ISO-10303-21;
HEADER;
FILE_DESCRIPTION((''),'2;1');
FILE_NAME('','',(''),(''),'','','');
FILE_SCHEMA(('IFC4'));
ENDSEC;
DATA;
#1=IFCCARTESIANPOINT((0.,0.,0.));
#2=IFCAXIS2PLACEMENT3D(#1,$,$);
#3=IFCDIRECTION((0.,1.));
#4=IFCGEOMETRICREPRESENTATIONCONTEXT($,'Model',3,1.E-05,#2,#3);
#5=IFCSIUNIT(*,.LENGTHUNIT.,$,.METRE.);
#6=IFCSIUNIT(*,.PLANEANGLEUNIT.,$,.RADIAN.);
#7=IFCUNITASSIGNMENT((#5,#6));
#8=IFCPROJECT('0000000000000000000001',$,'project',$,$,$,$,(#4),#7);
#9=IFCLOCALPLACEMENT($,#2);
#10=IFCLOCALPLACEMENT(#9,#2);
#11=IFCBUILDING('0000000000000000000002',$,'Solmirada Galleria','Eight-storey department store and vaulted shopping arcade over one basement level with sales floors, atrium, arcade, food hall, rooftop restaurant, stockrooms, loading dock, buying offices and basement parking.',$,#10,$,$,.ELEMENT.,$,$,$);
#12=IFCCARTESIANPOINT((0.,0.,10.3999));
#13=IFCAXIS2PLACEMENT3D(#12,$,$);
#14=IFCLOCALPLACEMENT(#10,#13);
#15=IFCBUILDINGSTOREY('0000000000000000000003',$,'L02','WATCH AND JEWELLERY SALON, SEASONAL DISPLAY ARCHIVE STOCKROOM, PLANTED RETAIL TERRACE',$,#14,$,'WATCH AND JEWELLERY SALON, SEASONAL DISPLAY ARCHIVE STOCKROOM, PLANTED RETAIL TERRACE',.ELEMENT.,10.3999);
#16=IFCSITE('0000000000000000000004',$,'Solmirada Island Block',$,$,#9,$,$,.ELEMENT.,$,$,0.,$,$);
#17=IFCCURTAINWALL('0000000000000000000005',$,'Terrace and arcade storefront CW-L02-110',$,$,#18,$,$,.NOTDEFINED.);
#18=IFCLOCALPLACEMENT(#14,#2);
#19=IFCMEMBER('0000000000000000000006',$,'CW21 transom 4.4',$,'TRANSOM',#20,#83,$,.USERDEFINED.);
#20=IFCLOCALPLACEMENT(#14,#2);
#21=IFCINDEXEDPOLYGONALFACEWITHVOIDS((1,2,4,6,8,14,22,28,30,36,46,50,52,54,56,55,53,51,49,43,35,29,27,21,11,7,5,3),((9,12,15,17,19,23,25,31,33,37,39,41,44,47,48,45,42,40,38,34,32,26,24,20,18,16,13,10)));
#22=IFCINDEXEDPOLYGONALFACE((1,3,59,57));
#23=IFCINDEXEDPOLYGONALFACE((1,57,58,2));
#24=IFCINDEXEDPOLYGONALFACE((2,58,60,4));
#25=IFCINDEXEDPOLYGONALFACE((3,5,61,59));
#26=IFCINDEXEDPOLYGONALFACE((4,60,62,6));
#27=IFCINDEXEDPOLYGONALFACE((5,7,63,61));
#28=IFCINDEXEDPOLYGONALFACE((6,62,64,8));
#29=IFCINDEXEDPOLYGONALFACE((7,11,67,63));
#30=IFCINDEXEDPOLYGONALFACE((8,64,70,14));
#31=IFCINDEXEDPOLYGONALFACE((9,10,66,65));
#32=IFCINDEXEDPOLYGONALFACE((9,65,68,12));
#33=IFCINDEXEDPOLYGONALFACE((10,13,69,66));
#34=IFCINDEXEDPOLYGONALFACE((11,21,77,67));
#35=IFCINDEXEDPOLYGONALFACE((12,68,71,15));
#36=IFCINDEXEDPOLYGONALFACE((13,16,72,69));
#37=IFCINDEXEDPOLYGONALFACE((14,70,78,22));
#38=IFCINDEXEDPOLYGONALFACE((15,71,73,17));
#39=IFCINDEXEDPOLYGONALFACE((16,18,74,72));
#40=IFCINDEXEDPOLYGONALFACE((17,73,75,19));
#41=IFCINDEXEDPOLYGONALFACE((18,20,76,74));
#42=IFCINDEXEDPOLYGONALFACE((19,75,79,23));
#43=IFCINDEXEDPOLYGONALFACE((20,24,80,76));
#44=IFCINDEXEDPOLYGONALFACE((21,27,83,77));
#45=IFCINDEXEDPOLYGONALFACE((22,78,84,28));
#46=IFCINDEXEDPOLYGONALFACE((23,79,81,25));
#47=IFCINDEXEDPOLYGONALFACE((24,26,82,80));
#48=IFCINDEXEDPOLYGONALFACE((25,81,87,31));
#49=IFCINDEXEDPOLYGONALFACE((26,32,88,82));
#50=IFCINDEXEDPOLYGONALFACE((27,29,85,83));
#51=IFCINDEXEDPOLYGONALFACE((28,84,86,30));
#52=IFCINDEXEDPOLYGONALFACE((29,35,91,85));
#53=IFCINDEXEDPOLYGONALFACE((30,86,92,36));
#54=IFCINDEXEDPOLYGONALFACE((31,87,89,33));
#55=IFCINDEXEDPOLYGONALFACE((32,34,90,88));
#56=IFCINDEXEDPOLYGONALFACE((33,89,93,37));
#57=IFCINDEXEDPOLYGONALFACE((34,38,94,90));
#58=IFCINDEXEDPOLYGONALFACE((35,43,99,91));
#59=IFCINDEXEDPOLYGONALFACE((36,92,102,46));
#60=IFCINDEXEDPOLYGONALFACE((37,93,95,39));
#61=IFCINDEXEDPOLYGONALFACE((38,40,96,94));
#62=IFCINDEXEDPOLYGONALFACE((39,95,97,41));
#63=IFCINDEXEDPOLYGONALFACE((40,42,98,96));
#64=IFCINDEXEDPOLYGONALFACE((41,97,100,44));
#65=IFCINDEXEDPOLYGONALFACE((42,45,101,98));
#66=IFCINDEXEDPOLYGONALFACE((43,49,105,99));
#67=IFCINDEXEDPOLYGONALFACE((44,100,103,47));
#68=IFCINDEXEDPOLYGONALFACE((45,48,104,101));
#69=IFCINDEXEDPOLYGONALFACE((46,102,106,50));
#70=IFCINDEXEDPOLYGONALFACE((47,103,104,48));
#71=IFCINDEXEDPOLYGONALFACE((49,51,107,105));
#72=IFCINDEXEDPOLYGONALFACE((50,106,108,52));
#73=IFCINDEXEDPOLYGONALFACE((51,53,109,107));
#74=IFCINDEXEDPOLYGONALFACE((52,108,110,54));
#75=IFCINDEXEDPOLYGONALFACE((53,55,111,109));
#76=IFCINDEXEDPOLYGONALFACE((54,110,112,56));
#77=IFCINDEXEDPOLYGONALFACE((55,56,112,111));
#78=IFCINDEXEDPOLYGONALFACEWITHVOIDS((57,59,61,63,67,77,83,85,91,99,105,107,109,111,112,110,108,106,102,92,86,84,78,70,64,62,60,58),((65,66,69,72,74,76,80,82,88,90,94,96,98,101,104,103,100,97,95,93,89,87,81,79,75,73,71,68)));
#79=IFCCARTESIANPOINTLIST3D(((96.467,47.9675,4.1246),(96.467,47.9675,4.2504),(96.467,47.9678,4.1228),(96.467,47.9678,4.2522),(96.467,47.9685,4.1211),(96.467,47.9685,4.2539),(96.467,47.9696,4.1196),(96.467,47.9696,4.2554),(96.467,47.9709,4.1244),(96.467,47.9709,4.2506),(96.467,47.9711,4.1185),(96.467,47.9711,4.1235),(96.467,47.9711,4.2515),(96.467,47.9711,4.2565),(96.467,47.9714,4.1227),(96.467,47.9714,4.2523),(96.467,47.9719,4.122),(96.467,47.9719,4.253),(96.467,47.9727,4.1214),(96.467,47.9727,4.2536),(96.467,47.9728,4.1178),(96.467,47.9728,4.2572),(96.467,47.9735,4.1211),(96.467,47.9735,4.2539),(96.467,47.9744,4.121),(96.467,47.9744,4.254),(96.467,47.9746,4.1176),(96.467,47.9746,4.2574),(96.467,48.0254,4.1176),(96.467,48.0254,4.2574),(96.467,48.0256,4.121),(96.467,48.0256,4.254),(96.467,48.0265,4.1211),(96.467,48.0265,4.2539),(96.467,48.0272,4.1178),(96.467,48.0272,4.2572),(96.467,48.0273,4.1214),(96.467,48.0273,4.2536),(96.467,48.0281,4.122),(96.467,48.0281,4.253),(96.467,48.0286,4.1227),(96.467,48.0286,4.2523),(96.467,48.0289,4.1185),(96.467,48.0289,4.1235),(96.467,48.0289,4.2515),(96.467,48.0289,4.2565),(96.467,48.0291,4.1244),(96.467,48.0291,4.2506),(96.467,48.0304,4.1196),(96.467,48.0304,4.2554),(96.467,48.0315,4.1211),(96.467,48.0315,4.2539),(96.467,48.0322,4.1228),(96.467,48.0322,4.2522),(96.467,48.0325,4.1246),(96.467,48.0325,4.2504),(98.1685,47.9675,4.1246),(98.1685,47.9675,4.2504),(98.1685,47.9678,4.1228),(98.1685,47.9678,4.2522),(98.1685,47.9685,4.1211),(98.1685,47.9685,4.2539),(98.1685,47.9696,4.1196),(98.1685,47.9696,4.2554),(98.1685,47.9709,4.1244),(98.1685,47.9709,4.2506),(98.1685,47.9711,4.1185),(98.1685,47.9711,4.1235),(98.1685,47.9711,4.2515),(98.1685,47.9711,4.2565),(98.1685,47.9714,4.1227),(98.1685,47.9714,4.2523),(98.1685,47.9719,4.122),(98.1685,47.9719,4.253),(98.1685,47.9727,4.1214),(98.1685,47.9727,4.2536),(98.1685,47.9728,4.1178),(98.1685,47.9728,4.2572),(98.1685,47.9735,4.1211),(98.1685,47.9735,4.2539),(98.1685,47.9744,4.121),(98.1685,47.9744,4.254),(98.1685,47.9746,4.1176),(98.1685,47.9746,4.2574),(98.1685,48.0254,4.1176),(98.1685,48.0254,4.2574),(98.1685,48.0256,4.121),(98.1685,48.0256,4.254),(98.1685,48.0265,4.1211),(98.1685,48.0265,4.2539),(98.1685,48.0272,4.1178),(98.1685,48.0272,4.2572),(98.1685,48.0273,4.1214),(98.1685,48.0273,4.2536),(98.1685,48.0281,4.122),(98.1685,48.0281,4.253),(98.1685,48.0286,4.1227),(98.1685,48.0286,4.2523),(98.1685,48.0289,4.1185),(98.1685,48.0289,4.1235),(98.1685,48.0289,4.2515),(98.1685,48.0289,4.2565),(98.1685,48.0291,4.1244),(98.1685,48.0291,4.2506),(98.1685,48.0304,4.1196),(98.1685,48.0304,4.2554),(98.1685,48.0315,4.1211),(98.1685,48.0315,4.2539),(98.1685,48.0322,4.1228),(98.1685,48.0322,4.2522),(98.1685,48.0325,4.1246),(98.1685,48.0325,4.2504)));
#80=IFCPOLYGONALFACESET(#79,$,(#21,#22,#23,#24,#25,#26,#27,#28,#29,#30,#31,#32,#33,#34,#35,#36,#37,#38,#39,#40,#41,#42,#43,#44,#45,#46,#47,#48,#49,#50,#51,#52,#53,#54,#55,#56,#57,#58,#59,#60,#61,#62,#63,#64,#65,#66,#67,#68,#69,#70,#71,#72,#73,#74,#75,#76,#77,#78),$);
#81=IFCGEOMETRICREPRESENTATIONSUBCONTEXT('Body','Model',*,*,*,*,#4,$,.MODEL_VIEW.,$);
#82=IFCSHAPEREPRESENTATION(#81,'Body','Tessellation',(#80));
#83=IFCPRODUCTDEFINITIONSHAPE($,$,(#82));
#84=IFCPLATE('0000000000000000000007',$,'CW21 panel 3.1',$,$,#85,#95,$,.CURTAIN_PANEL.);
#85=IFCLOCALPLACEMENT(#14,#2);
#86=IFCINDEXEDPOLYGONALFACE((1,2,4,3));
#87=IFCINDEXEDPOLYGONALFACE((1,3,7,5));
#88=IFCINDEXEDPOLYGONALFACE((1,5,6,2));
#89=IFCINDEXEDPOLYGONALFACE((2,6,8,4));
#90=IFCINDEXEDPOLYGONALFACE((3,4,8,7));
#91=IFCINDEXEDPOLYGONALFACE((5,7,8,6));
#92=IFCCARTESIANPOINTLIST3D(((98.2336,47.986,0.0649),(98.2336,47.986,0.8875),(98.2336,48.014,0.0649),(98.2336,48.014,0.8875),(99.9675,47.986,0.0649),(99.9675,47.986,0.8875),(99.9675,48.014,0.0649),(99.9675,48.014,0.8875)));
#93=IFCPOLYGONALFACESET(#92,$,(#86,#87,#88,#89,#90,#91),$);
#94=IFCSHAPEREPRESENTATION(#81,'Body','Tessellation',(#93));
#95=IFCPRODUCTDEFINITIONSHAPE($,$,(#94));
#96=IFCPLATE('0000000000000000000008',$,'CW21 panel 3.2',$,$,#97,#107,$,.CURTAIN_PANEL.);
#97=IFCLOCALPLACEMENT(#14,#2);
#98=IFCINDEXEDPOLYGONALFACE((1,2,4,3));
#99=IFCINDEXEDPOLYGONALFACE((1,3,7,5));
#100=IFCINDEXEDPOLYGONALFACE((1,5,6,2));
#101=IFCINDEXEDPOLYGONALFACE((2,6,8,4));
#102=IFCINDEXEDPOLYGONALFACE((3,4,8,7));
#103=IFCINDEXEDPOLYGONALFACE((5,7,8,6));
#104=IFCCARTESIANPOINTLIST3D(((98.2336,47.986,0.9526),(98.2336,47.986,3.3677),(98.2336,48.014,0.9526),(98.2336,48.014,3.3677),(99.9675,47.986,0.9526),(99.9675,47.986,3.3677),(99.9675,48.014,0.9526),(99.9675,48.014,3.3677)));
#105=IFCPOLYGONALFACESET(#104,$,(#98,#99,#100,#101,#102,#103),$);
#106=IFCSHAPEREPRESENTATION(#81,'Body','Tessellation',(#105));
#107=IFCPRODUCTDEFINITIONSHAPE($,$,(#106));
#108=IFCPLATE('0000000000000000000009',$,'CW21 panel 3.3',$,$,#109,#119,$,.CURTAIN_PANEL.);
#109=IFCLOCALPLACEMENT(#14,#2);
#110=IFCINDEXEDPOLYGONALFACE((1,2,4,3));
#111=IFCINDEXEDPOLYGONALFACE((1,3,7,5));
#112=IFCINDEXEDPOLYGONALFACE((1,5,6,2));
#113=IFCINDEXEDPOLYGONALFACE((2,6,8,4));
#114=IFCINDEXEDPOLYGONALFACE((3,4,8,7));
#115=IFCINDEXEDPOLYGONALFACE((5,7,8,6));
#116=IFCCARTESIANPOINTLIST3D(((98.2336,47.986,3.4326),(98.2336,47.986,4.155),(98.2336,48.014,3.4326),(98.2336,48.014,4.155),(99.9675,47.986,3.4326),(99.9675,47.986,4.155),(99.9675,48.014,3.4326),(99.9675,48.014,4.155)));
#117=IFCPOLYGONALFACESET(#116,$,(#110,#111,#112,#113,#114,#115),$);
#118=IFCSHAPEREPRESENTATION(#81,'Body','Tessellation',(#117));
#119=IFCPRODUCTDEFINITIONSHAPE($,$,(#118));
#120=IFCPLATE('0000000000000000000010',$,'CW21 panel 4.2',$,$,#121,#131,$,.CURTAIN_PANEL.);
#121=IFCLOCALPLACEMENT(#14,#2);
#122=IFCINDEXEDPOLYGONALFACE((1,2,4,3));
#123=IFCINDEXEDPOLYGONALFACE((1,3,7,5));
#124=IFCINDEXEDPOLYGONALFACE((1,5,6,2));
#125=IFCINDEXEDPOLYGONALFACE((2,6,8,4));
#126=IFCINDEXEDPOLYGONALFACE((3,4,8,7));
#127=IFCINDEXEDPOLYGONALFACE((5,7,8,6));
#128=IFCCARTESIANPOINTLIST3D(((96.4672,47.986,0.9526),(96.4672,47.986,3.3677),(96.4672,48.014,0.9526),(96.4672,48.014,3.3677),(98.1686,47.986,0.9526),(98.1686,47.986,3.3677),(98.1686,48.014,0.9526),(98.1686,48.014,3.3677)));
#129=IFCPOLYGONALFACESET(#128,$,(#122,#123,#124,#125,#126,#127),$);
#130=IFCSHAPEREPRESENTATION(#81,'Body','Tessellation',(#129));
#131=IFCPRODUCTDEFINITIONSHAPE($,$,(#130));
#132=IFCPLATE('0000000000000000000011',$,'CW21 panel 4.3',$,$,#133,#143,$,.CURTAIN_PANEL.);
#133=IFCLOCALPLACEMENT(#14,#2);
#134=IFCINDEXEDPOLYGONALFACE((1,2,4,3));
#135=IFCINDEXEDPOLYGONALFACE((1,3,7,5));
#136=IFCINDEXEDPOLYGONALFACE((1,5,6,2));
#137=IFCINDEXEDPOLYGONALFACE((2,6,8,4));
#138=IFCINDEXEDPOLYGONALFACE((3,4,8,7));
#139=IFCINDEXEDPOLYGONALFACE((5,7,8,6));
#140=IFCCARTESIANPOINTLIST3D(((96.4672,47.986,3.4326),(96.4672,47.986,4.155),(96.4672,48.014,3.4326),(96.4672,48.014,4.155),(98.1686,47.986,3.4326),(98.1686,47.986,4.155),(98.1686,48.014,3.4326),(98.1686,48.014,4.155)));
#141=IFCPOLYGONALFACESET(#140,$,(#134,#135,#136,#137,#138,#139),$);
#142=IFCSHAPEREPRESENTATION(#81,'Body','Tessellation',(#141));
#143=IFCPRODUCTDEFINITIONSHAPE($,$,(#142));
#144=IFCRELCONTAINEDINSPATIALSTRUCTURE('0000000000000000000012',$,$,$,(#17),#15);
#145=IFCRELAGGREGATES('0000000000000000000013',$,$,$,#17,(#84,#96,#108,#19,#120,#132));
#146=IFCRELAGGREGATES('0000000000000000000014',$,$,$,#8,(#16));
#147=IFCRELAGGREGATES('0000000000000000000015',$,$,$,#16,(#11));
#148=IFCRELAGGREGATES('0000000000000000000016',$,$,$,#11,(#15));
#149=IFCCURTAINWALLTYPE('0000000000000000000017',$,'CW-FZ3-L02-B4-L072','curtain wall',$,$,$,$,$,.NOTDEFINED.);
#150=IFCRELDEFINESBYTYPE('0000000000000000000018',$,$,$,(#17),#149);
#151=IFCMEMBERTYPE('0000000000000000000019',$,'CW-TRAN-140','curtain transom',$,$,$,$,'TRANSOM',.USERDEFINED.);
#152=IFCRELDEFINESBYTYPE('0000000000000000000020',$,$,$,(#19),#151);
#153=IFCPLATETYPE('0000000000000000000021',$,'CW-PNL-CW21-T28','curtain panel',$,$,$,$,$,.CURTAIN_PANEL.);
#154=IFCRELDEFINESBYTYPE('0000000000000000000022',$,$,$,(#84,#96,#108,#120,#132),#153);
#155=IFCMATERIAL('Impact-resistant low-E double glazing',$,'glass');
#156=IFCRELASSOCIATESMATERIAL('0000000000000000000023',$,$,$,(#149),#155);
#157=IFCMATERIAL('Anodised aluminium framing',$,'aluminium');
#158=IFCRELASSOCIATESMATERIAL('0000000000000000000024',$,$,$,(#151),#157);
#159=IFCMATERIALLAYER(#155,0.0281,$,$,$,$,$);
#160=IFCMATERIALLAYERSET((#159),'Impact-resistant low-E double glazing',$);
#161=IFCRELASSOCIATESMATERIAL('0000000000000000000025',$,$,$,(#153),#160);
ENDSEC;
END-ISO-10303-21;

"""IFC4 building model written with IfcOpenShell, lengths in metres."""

from ifc_helpers import new_model, si_unit, direction, frame, origin, origin_2d, place, context, subcontext, project, spatial, rectangle, hollow_rectangle, extrude, material, layer, layer_set, material_profile, profile_set, type_object, element, aggregate, save


model = new_model("IFC4")

# Units and contexts
model_context = context("Model", 3, precision=1e-05, world=origin(), true_north=direction((0.0, 1.0)))
body_context = subcontext(model_context, "Body", "Model", "MODEL_VIEW")
ifc_project = project(units=[si_unit("LENGTHUNIT", "METRE"), si_unit("PLANEANGLEUNIT", "RADIAN")], contexts=[model_context])

# Site, building, storey
site_placement = place(None, origin())
site = spatial("IfcSite", under=ifc_project, at=site_placement, Name="Solmirada Island Block", CompositionType="ELEMENT", RefElevation=0.0)
building_placement = place(site_placement, origin())
building = spatial("IfcBuilding", under=site, at=building_placement, Name="Solmirada Galleria", Description="Eight-storey department store and vaulted shopping arcade over one basement level with sales floors, atrium, arcade, food hall, rooftop restaurant, stockrooms, loading dock, buying offices and basement parking.", CompositionType="ELEMENT")
storey_placement = place(building_placement, frame((0.0, 0.0, 10.3999)))
storey = spatial("IfcBuildingStorey", under=building, at=storey_placement, Name="L02", Description="WATCH AND JEWELLERY SALON, SEASONAL DISPLAY ARCHIVE STOCKROOM, PLANTED RETAIL TERRACE", LongName="WATCH AND JEWELLERY SALON, SEASONAL DISPLAY ARCHIVE STOCKROOM, PLANTED RETAIL TERRACE", CompositionType="ELEMENT", Elevation=10.3999)

# Curtain wall, member, plates
ifc_material_1 = material(Name="Impact-resistant low-E double glazing", Category="glass")
curtain_wall_type = type_object("IfcCurtainWallType", Name="CW-FZ3-L02-B4-L072", Description="curtain wall", PredefinedType="NOTDEFINED", material=ifc_material_1)
curtain_wall_placement = place(storey_placement, origin())
curtain_wall = element("IfcCurtainWall", 1, at=curtain_wall_placement, inside=storey, type_object=curtain_wall_type, Name="Terrace and arcade storefront CW-L02-110", PredefinedType="NOTDEFINED")
ifc_material_2 = material(Name="Anodised aluminium framing", Category="aluminium")
ifc_material_profile_1 = material_profile(ifc_material_2, hollow_rectangle(XDim=0.0649, YDim=0.1399, WallThickness=0.0034, InnerFilletRadius=0.0034, OuterFilletRadius=0.0071, at=origin_2d()), Name="ALU-TRAN-140X65")
ifc_profile_set_1 = profile_set([ifc_material_profile_1], Name="Anodised aluminium framing")
member_type_1 = type_object("IfcMemberType", Name="CW-TRAN-140", Description="curtain transom", ElementType="TRANSOM", PredefinedType="USERDEFINED", material=ifc_profile_set_1)
member_1_placement = place(storey_placement, frame((98.1685, 48.0, 4.1875), z_axis=(-1.0, 0.0, 0.0), x_axis=(0.0, -1.0, 0.0)))
member_1 = element("IfcMember", 2, at=member_1_placement, type_object=member_type_1, Name="CW21 transom 4.4", ObjectType="TRANSOM", PredefinedType="USERDEFINED", context=body_context, shape_type="SweptSolid", body=[
    extrude(hollow_rectangle(XDim=0.0649, YDim=0.1399, WallThickness=0.0034, InnerFilletRadius=0.0034, OuterFilletRadius=0.0071, at=origin_2d()), origin(), (0.0, 0.0, 1.0), 1.7014),
])
ifc_layer_1 = layer(ifc_material_1, 0.0281)
ifc_layer_set_1 = layer_set([ifc_layer_1], Name="Impact-resistant low-E double glazing")
plate_type = type_object("IfcPlateType", Name="CW-PNL-CW21-T28", Description="curtain panel", PredefinedType="CURTAIN_PANEL", material=ifc_layer_set_1)
plate_1_placement = place(storey_placement, frame((99.1006, 48.0, 0.0649), z_axis=(0.0, 0.0, 1.0), x_axis=(-1.0, 0.0, 0.0)))
plate_1 = element("IfcPlate", 3, at=plate_1_placement, type_object=plate_type, Name="CW21 panel 3.1", PredefinedType="CURTAIN_PANEL", context=body_context, shape_type="SweptSolid", body=[
    extrude(rectangle(XDim=1.7339, YDim=0.0281, at=origin_2d()), origin(), (0.0, 0.0, 1.0), 0.8225),
])
plate_2_placement = place(storey_placement, frame((99.1006, 48.0, 0.9526), z_axis=(0.0, 0.0, 1.0), x_axis=(-1.0, 0.0, 0.0)))
plate_2 = element("IfcPlate", 4, at=plate_2_placement, type_object=plate_type, Name="CW21 panel 3.2", PredefinedType="CURTAIN_PANEL", context=body_context, shape_type="SweptSolid", body=[
    extrude(rectangle(XDim=1.7339, YDim=0.0281, at=origin_2d()), origin(), (0.0, 0.0, 1.0), 2.415),
])
plate_3_placement = place(storey_placement, frame((99.1006, 48.0, 3.4326), z_axis=(0.0, 0.0, 1.0), x_axis=(-1.0, 0.0, 0.0)))
plate_3 = element("IfcPlate", 5, at=plate_3_placement, type_object=plate_type, Name="CW21 panel 3.3", PredefinedType="CURTAIN_PANEL", context=body_context, shape_type="SweptSolid", body=[
    extrude(rectangle(XDim=1.7339, YDim=0.0281, at=origin_2d()), origin(), (0.0, 0.0, 1.0), 0.7224),
])
plate_4_placement = place(storey_placement, frame((97.3179, 48.0, 0.9526), z_axis=(0.0, 0.0, 1.0), x_axis=(-1.0, 0.0, 0.0)))
plate_4 = element("IfcPlate", 6, at=plate_4_placement, type_object=plate_type, Name="CW21 panel 4.2", PredefinedType="CURTAIN_PANEL", context=body_context, shape_type="SweptSolid", body=[
    extrude(rectangle(XDim=1.7014, YDim=0.0281, at=origin_2d()), origin(), (0.0, 0.0, 1.0), 2.415),
])
plate_5_placement = place(storey_placement, frame((97.3179, 48.0, 3.4326), z_axis=(0.0, 0.0, 1.0), x_axis=(-1.0, 0.0, 0.0)))
plate_5 = element("IfcPlate", 7, at=plate_5_placement, type_object=plate_type, Name="CW21 panel 4.3", PredefinedType="CURTAIN_PANEL", context=body_context, shape_type="SweptSolid", body=[
    extrude(rectangle(XDim=1.7014, YDim=0.0281, at=origin_2d()), origin(), (0.0, 0.0, 1.0), 0.7224),
])
aggregate(curtain_wall, [plate_1, plate_2, plate_3, member_1, plate_4, plate_5])

save(model, "model.ifc")
